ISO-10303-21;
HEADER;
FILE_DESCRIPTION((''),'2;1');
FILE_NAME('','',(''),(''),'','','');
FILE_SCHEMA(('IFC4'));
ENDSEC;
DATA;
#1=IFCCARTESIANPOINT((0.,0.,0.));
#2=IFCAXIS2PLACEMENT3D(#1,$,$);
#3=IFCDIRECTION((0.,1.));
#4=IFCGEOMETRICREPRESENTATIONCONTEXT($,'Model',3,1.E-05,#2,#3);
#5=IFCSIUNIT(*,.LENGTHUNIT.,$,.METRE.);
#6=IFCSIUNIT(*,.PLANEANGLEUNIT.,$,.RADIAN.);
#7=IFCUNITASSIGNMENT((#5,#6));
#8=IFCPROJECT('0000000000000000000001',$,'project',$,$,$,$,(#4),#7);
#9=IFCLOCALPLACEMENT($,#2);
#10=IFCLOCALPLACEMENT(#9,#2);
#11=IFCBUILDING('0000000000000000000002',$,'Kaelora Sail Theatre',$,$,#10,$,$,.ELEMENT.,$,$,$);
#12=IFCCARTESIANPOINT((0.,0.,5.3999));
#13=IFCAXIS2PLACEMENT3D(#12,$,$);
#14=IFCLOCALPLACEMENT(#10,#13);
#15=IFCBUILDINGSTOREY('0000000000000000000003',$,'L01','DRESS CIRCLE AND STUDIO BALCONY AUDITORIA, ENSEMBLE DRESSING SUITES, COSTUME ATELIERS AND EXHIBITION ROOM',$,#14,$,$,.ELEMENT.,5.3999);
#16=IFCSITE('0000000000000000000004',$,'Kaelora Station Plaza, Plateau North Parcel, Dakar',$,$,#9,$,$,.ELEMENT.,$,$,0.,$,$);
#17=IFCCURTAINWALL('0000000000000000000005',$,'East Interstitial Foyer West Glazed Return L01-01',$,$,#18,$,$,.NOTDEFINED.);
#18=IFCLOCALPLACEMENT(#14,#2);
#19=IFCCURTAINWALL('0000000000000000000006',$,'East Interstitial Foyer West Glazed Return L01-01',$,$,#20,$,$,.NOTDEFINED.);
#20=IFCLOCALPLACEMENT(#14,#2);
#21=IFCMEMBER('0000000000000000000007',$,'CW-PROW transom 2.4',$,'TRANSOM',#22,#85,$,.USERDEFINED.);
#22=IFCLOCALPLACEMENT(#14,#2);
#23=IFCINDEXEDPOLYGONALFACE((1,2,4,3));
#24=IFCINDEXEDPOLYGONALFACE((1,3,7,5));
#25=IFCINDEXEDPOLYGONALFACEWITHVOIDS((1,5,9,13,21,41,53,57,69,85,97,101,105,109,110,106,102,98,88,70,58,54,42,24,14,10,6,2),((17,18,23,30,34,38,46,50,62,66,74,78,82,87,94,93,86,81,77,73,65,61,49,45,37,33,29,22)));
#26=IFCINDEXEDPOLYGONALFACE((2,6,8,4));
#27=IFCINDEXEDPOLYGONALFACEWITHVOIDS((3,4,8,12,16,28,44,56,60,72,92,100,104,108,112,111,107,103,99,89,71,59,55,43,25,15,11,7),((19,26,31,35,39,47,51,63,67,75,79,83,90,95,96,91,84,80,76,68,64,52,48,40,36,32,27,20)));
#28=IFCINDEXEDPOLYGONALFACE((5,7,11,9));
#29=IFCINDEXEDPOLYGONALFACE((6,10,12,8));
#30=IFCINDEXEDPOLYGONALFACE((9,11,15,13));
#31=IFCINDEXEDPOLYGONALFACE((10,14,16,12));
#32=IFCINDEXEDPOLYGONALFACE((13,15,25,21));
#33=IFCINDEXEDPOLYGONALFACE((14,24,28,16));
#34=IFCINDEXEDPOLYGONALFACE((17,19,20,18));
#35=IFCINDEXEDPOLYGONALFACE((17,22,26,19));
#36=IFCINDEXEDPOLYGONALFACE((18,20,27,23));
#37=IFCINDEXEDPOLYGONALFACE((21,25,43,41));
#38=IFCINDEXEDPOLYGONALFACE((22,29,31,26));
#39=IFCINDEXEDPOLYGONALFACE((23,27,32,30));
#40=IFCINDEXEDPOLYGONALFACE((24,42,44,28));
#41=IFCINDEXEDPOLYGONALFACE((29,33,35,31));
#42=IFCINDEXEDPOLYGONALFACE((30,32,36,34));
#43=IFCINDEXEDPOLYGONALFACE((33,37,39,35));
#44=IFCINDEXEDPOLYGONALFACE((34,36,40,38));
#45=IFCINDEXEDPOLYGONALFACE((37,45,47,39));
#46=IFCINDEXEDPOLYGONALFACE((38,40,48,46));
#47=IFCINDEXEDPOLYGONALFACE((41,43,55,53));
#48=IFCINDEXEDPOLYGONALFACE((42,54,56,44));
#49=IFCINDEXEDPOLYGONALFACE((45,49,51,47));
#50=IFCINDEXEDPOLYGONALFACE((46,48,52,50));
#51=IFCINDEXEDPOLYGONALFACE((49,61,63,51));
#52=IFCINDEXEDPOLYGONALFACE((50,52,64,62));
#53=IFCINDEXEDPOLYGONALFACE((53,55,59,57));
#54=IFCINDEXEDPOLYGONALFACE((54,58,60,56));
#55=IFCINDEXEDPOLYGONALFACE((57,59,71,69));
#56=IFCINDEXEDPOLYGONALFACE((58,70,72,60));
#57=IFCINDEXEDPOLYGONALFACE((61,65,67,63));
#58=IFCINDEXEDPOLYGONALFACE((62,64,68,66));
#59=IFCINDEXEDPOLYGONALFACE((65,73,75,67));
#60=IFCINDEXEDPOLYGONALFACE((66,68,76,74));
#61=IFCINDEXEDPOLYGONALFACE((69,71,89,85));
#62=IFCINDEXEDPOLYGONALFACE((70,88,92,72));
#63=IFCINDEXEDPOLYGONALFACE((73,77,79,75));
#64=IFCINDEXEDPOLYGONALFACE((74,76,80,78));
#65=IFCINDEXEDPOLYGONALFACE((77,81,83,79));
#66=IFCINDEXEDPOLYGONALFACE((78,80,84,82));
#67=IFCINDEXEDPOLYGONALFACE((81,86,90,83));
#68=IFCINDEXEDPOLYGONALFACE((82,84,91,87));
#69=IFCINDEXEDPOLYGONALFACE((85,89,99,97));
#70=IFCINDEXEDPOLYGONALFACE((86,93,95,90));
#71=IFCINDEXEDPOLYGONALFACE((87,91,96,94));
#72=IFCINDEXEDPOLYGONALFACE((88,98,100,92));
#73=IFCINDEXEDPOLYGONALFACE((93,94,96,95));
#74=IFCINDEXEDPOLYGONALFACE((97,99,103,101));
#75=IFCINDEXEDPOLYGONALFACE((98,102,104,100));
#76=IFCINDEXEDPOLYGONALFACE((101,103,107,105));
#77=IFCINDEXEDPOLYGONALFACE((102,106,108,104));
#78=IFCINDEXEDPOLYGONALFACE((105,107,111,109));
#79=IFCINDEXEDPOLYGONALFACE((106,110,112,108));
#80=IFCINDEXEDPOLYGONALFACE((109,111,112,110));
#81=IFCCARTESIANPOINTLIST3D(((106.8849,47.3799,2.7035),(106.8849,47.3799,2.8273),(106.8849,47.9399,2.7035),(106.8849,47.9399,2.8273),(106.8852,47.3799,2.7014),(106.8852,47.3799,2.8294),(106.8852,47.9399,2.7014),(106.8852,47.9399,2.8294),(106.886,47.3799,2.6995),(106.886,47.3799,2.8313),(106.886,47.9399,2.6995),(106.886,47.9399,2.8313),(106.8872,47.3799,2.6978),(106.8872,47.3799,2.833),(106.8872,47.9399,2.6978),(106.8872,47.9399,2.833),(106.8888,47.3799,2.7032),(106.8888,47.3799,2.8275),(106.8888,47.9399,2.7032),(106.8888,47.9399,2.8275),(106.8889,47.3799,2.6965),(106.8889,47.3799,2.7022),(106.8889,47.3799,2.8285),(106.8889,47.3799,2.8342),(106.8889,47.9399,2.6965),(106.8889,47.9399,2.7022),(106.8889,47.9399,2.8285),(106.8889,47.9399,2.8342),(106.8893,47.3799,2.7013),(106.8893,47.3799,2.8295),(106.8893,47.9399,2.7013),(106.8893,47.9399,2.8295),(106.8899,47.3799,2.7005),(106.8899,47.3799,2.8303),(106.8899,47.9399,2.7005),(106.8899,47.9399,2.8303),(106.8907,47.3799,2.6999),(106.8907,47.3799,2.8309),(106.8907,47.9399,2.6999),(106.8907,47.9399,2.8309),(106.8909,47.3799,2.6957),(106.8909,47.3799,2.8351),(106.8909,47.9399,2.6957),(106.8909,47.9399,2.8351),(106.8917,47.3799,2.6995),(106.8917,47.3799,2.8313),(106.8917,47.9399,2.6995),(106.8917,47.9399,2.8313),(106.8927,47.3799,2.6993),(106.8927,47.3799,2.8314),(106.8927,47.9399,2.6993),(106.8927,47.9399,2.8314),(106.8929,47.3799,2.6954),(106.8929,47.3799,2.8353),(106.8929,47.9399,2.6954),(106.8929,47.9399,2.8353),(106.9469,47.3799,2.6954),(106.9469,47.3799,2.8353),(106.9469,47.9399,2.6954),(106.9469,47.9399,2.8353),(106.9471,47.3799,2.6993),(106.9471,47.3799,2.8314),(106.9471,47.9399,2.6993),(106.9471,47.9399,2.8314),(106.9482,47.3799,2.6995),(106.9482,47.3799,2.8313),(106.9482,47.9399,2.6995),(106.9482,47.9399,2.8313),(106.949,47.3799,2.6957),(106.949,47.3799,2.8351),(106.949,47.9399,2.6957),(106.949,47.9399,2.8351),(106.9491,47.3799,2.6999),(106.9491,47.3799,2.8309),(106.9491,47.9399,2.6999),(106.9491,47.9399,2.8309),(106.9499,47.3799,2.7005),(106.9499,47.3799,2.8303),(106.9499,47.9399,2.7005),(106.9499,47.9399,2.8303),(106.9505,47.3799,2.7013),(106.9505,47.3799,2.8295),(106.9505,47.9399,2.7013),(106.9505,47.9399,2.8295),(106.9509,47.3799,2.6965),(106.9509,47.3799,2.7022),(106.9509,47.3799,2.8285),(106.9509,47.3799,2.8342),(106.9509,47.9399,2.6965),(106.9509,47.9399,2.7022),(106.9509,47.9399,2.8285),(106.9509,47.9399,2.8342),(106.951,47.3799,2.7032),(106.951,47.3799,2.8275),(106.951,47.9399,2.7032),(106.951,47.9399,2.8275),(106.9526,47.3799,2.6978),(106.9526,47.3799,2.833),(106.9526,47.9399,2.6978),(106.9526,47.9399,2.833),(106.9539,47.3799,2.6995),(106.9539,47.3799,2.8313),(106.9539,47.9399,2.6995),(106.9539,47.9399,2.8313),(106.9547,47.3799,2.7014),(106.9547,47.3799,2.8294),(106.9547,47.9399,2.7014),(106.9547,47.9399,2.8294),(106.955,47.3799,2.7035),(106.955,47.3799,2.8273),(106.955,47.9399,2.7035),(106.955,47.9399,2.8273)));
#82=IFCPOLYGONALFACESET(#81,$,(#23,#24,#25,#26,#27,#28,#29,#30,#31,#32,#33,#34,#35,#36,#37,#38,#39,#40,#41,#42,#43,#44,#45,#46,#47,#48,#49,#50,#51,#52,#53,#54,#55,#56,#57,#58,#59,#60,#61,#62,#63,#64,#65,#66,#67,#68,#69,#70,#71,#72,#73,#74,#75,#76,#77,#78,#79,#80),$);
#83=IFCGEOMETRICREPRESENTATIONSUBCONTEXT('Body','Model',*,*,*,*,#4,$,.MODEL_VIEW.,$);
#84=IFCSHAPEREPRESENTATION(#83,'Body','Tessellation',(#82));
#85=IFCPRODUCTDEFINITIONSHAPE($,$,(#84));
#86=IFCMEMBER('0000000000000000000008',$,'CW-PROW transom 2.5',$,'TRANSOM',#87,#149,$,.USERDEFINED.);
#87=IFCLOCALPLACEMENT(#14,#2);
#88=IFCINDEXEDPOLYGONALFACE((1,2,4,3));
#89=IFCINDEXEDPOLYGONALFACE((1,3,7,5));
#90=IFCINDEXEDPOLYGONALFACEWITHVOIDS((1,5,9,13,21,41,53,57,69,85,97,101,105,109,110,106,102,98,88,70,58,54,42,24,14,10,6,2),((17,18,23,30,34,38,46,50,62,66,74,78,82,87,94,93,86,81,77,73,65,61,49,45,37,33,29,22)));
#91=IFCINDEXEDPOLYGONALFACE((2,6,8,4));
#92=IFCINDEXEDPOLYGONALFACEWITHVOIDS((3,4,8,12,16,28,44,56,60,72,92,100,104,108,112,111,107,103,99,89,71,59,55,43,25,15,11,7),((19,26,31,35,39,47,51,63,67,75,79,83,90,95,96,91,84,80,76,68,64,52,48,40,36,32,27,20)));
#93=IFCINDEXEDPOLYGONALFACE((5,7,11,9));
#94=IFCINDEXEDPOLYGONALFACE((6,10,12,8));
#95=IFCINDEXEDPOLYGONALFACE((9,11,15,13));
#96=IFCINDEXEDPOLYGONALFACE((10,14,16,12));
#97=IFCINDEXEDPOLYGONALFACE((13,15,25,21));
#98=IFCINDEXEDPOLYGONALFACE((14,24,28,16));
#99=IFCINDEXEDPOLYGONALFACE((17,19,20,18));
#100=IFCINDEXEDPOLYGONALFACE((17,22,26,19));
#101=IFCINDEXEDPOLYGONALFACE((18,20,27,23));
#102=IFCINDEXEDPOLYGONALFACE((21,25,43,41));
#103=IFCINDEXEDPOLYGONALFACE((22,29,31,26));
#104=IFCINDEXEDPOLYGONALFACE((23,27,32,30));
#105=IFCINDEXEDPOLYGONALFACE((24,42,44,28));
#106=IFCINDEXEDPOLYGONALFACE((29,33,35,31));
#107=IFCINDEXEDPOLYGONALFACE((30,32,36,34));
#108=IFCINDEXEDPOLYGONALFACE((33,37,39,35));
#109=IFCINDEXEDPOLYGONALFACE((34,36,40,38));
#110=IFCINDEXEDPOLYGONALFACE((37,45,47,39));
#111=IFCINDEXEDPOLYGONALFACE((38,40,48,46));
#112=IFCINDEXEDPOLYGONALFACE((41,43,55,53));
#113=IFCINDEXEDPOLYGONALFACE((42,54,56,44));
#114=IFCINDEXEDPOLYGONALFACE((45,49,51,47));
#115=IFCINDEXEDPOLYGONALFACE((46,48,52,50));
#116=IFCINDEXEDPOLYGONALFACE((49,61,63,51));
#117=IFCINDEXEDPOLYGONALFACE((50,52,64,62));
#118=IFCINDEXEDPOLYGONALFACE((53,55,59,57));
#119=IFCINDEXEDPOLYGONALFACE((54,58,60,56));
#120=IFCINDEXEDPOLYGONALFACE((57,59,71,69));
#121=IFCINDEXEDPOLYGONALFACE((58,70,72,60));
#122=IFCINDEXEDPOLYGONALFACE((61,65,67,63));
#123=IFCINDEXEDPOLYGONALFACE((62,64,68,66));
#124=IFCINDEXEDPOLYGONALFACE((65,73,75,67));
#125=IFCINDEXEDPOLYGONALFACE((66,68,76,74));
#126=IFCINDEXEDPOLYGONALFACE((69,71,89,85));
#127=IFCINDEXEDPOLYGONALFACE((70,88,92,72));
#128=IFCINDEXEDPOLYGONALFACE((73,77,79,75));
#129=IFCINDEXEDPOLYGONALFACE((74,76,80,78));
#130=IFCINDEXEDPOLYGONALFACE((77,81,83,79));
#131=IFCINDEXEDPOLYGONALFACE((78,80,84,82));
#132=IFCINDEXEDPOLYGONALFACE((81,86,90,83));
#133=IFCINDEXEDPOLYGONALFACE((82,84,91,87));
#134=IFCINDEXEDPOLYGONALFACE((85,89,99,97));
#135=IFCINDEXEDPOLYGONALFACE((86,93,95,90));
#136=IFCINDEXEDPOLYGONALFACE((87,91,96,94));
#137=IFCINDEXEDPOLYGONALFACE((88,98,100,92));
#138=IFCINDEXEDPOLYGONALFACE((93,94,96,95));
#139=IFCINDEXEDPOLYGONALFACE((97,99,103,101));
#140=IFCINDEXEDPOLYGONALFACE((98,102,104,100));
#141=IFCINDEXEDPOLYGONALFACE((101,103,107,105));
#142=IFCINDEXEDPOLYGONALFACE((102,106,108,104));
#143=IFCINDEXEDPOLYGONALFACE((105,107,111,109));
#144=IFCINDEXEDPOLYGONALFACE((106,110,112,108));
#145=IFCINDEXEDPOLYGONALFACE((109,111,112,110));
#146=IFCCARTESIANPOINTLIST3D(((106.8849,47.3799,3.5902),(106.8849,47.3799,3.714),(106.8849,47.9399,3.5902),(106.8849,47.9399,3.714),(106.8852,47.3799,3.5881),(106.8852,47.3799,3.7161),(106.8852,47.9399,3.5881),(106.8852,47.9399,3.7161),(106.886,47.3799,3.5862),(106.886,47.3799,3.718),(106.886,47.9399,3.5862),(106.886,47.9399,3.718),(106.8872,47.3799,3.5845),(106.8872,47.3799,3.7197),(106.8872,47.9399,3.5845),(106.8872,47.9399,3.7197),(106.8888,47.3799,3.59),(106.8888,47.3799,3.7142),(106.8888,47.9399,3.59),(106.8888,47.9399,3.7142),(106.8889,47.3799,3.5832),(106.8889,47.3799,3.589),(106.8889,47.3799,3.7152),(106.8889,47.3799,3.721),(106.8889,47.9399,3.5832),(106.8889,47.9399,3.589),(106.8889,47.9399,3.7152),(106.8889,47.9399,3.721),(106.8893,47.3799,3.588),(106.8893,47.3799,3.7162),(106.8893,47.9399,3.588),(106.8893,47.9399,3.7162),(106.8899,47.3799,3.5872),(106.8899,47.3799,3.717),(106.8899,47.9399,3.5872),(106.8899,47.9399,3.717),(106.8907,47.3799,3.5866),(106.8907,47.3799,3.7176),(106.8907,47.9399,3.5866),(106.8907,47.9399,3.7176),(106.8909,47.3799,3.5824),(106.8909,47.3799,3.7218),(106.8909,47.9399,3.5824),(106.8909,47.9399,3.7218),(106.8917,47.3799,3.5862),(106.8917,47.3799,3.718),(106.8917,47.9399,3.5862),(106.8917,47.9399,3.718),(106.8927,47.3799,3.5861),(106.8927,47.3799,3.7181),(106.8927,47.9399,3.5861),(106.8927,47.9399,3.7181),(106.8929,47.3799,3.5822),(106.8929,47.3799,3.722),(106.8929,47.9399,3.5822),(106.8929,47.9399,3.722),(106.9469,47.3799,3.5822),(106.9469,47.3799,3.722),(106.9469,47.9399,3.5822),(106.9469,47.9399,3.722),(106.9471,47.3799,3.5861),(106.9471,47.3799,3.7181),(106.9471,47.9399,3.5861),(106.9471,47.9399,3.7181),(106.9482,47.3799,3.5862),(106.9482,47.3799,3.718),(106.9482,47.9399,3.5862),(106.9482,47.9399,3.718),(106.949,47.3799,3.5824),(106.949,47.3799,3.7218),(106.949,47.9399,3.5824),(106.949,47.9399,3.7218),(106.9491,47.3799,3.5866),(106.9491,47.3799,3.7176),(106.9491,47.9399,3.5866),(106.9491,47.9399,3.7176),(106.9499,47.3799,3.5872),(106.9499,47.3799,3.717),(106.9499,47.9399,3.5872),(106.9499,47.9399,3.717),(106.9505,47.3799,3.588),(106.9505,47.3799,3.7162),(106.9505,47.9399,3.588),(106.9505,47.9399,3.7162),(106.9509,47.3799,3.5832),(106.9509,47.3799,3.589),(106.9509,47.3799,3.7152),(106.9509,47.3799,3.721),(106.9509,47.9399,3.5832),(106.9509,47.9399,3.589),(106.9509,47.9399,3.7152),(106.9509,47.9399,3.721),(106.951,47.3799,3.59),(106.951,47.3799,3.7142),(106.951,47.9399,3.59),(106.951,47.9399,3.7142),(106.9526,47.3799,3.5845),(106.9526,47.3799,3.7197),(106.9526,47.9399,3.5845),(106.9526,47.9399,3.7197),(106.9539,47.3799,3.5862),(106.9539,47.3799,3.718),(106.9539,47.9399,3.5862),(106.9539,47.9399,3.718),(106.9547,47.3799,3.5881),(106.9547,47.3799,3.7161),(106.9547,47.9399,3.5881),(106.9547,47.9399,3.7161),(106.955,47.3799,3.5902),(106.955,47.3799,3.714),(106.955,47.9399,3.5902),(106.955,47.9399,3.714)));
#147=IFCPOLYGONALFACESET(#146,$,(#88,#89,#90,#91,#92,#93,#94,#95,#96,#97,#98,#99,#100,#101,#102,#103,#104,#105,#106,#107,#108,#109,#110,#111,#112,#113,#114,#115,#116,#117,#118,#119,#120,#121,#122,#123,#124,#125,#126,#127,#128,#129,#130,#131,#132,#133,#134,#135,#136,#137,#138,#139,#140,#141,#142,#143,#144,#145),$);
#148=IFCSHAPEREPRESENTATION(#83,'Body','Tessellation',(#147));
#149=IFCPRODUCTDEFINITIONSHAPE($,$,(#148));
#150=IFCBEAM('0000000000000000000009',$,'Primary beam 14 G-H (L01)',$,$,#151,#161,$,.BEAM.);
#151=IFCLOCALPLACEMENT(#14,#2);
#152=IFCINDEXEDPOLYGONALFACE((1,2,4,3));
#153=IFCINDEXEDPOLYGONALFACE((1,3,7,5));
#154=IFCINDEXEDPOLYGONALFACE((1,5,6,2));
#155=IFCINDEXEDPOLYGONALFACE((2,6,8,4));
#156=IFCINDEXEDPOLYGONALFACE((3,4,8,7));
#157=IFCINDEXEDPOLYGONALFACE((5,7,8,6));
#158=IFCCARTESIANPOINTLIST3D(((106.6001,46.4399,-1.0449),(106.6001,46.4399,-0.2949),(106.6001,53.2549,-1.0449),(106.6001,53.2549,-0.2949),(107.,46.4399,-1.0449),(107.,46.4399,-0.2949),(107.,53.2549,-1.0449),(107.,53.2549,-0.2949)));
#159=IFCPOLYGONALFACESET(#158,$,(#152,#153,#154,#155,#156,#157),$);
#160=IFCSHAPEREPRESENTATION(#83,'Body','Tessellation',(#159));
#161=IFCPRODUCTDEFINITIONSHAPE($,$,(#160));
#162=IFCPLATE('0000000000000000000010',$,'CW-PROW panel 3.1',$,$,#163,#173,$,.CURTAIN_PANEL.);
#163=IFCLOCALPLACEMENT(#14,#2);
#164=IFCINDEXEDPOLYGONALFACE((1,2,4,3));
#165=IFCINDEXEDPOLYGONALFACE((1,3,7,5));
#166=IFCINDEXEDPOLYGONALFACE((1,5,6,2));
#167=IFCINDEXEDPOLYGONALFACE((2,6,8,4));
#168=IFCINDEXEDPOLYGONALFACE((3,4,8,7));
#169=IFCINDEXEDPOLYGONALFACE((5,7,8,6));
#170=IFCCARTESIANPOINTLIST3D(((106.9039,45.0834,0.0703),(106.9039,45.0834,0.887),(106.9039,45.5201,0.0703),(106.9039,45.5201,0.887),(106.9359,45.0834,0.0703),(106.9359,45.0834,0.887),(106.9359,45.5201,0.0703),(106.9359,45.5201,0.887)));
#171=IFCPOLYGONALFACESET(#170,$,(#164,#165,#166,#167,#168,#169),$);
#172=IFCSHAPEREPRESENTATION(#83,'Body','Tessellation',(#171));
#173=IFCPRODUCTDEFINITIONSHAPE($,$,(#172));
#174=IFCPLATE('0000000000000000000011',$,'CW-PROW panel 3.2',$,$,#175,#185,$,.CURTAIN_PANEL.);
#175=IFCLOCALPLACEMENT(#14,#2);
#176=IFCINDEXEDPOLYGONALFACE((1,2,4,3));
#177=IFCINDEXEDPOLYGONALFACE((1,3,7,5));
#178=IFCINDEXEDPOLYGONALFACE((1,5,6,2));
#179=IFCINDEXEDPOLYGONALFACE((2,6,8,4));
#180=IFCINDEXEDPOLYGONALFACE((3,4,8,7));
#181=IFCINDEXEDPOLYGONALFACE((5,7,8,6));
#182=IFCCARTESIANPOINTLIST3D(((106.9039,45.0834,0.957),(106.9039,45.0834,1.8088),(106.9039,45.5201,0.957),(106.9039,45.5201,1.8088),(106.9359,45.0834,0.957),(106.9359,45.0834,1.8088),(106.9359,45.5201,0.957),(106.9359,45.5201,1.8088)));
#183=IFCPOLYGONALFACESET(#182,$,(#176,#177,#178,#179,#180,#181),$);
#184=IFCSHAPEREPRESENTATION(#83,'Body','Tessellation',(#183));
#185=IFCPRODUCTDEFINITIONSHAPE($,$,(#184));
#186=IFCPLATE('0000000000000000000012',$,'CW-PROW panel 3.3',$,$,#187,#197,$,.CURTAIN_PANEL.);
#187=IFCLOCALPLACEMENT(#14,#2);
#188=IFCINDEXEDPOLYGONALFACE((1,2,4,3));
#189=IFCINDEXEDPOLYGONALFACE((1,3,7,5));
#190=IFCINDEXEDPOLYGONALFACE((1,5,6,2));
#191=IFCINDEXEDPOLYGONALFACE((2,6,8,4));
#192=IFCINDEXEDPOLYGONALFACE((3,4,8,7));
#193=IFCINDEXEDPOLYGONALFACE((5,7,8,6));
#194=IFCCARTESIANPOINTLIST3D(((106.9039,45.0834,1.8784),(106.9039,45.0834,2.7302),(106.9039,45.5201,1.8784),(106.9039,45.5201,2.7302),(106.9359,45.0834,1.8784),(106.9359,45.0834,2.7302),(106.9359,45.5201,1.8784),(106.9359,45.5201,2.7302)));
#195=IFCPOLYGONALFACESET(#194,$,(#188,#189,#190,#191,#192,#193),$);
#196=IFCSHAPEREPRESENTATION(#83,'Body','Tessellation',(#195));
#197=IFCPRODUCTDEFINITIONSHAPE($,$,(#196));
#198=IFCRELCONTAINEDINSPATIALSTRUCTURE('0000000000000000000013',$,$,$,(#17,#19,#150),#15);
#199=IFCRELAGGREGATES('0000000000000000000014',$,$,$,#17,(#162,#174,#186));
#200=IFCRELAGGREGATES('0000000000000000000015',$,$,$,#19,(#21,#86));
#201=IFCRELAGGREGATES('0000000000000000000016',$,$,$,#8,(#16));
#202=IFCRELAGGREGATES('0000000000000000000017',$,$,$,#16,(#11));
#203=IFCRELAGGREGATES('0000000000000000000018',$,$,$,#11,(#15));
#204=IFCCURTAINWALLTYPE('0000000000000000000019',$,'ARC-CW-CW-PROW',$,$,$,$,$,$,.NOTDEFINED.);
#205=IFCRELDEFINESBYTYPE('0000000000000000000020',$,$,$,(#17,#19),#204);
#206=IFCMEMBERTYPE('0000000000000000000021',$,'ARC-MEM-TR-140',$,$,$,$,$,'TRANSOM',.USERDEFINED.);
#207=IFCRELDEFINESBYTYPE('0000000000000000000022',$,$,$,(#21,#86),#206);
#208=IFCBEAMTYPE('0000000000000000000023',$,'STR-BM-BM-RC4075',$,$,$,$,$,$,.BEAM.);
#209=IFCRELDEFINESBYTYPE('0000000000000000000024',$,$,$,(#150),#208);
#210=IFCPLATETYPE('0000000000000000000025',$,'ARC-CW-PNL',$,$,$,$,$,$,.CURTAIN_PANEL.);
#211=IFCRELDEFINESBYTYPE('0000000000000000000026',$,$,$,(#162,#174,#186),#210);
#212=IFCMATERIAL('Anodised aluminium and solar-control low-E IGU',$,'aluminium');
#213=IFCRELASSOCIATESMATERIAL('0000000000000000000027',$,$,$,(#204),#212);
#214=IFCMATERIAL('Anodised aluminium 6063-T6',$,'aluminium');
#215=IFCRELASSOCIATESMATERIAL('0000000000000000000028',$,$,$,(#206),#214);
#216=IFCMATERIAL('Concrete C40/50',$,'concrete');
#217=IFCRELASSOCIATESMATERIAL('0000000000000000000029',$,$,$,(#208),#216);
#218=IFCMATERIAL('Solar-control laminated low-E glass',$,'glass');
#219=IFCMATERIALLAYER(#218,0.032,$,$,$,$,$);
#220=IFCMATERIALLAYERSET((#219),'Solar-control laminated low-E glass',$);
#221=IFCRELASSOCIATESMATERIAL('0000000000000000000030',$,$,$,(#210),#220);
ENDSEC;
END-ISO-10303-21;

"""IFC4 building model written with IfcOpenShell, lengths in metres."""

from ifc_helpers import new_model, si_unit, direction, frame, origin, origin_2d, place, context, subcontext, project, spatial, rectangle, hollow_rectangle, extrude, material, layer, layer_set, material_profile, profile_set, type_object, element, aggregate, save


model = new_model("IFC4")

# Units and contexts
model_context = context("Model", 3, precision=1e-05, world=origin(), true_north=direction((0.0, 1.0)))
body_context = subcontext(model_context, "Body", "Model", "MODEL_VIEW")
ifc_project = project(units=[si_unit("LENGTHUNIT", "METRE"), si_unit("PLANEANGLEUNIT", "RADIAN")], contexts=[model_context])

# Site, building, storey
site_placement = place(None, origin())
site = spatial("IfcSite", under=ifc_project, at=site_placement, Name="Kaelora Station Plaza, Plateau North Parcel, Dakar", CompositionType="ELEMENT", RefElevation=0.0)
building_placement = place(site_placement, origin())
building = spatial("IfcBuilding", under=site, at=building_placement, Name="Kaelora Sail Theatre", CompositionType="ELEMENT")
storey_placement = place(building_placement, frame((0.0, 0.0, 5.3999)))
storey = spatial("IfcBuildingStorey", under=building, at=storey_placement, Name="L01", Description="DRESS CIRCLE AND STUDIO BALCONY AUDITORIA, ENSEMBLE DRESSING SUITES, COSTUME ATELIERS AND EXHIBITION ROOM", CompositionType="ELEMENT", Elevation=5.3999)

# Curtain wall
ifc_material_1 = material(Name="Anodised aluminium and solar-control low-E IGU", Category="aluminium")
curtain_wall_type = type_object("IfcCurtainWallType", Name="ARC-CW-CW-PROW", PredefinedType="NOTDEFINED", material=ifc_material_1)
curtain_wall_1_placement = place(storey_placement, origin())
curtain_wall_1 = element("IfcCurtainWall", 1, at=curtain_wall_1_placement, inside=storey, type_object=curtain_wall_type, Name="East Interstitial Foyer West Glazed Return L01-01", PredefinedType="NOTDEFINED")

# Curtain wall
curtain_wall_2_placement = place(storey_placement, origin())
curtain_wall_2 = element("IfcCurtainWall", 2, at=curtain_wall_2_placement, inside=storey, type_object=curtain_wall_type, Name="East Interstitial Foyer West Glazed Return L01-01", PredefinedType="NOTDEFINED")

# Members
ifc_material_2 = material(Name="Anodised aluminium 6063-T6", Category="aluminium")
ifc_material_profile_1 = material_profile(ifc_material_2, hollow_rectangle(XDim=0.0701, YDim=0.1399, WallThickness=0.0039, InnerFilletRadius=0.0039, OuterFilletRadius=0.0081, at=origin_2d()), Name="ALU-TRAN 70x140x4")
ifc_profile_set_1 = profile_set([ifc_material_profile_1], Name="Anodised aluminium 6063-T6")
member_type_1 = type_object("IfcMemberType", Name="ARC-MEM-TR-140", ElementType="TRANSOM", PredefinedType="USERDEFINED", material=ifc_profile_set_1)
member_1_placement = place(storey_placement, frame((106.9199, 47.3799, 2.7654), z_axis=(0.0, 1.0, 0.0), x_axis=(-1.0, 0.0, 0.0)))
member_1 = element("IfcMember", 3, at=member_1_placement, type_object=member_type_1, Name="CW-PROW transom 2.4", ObjectType="TRANSOM", PredefinedType="USERDEFINED", context=body_context, shape_type="SweptSolid", body=[
    extrude(hollow_rectangle(XDim=0.0701, YDim=0.1399, WallThickness=0.0039, InnerFilletRadius=0.0039, OuterFilletRadius=0.0081, at=origin_2d()), origin(), (0.0, 0.0, 1.0), 0.5601),
])
member_2_placement = place(storey_placement, frame((106.9199, 47.3799, 3.6521), z_axis=(0.0, 1.0, 0.0), x_axis=(-1.0, 0.0, 0.0)))
member_2 = element("IfcMember", 4, at=member_2_placement, type_object=member_type_1, Name="CW-PROW transom 2.5", ObjectType="TRANSOM", PredefinedType="USERDEFINED", context=body_context, shape_type="SweptSolid", body=[
    extrude(hollow_rectangle(XDim=0.0701, YDim=0.1399, WallThickness=0.0039, InnerFilletRadius=0.0039, OuterFilletRadius=0.0081, at=origin_2d()), origin(), (0.0, 0.0, 1.0), 0.5601),
])

# Beam
ifc_material_3 = material(Name="Concrete C40/50", Category="concrete")
ifc_material_profile_2 = material_profile(ifc_material_3, rectangle(XDim=0.3999, YDim=0.75, at=origin_2d()), Name="RC-BM 400x750")
ifc_profile_set_2 = profile_set([ifc_material_profile_2], Name="Concrete C40/50")
beam_type = type_object("IfcBeamType", Name="STR-BM-BM-RC4075", PredefinedType="BEAM", material=ifc_profile_set_2)
beam_placement = place(storey_placement, frame((106.8, 46.4399, -0.6699), z_axis=(0.0, 1.0, 0.0), x_axis=(-1.0, 0.0, 0.0)))
element("IfcBeam", 5, at=beam_placement, inside=storey, type_object=beam_type, Name="Primary beam 14 G-H (L01)", PredefinedType="BEAM", context=body_context, shape_type="SweptSolid", body=[
    extrude(rectangle(XDim=0.3999, YDim=0.75, at=origin_2d()), origin(), (0.0, 0.0, 1.0), 6.8149),
])

# Plates
ifc_material_4 = material(Name="Solar-control laminated low-E glass", Category="glass")
ifc_layer = layer(ifc_material_4, 0.032)
ifc_layer_set = layer_set([ifc_layer], Name="Solar-control laminated low-E glass")
plate_type = type_object("IfcPlateType", Name="ARC-CW-PNL", PredefinedType="CURTAIN_PANEL", material=ifc_layer_set)
plate_1_placement = place(storey_placement, frame((106.9199, 45.3018, 0.0703), z_axis=(0.0, 0.0, 1.0), x_axis=(0.0, 1.0, 0.0)))
plate_1 = element("IfcPlate", 6, at=plate_1_placement, type_object=plate_type, Name="CW-PROW panel 3.1", PredefinedType="CURTAIN_PANEL", context=body_context, shape_type="SweptSolid", body=[
    extrude(rectangle(XDim=0.4368, YDim=0.032, at=origin_2d()), origin(), (0.0, 0.0, 1.0), 0.8167),
])
plate_2_placement = place(storey_placement, frame((106.9199, 45.3018, 0.957), z_axis=(0.0, 0.0, 1.0), x_axis=(0.0, 1.0, 0.0)))
plate_2 = element("IfcPlate", 7, at=plate_2_placement, type_object=plate_type, Name="CW-PROW panel 3.2", PredefinedType="CURTAIN_PANEL", context=body_context, shape_type="SweptSolid", body=[
    extrude(rectangle(XDim=0.4368, YDim=0.032, at=origin_2d()), origin(), (0.0, 0.0, 1.0), 0.8518),
])
plate_3_placement = place(storey_placement, frame((106.9199, 45.3018, 1.8784), z_axis=(0.0, 0.0, 1.0), x_axis=(0.0, 1.0, 0.0)))
plate_3 = element("IfcPlate", 8, at=plate_3_placement, type_object=plate_type, Name="CW-PROW panel 3.3", PredefinedType="CURTAIN_PANEL", context=body_context, shape_type="SweptSolid", body=[
    extrude(rectangle(XDim=0.4368, YDim=0.032, at=origin_2d()), origin(), (0.0, 0.0, 1.0), 0.8518),
])
aggregate(curtain_wall_1, [plate_1, plate_2, plate_3])
aggregate(curtain_wall_2, [member_1, member_2])

save(model, "model.ifc")
